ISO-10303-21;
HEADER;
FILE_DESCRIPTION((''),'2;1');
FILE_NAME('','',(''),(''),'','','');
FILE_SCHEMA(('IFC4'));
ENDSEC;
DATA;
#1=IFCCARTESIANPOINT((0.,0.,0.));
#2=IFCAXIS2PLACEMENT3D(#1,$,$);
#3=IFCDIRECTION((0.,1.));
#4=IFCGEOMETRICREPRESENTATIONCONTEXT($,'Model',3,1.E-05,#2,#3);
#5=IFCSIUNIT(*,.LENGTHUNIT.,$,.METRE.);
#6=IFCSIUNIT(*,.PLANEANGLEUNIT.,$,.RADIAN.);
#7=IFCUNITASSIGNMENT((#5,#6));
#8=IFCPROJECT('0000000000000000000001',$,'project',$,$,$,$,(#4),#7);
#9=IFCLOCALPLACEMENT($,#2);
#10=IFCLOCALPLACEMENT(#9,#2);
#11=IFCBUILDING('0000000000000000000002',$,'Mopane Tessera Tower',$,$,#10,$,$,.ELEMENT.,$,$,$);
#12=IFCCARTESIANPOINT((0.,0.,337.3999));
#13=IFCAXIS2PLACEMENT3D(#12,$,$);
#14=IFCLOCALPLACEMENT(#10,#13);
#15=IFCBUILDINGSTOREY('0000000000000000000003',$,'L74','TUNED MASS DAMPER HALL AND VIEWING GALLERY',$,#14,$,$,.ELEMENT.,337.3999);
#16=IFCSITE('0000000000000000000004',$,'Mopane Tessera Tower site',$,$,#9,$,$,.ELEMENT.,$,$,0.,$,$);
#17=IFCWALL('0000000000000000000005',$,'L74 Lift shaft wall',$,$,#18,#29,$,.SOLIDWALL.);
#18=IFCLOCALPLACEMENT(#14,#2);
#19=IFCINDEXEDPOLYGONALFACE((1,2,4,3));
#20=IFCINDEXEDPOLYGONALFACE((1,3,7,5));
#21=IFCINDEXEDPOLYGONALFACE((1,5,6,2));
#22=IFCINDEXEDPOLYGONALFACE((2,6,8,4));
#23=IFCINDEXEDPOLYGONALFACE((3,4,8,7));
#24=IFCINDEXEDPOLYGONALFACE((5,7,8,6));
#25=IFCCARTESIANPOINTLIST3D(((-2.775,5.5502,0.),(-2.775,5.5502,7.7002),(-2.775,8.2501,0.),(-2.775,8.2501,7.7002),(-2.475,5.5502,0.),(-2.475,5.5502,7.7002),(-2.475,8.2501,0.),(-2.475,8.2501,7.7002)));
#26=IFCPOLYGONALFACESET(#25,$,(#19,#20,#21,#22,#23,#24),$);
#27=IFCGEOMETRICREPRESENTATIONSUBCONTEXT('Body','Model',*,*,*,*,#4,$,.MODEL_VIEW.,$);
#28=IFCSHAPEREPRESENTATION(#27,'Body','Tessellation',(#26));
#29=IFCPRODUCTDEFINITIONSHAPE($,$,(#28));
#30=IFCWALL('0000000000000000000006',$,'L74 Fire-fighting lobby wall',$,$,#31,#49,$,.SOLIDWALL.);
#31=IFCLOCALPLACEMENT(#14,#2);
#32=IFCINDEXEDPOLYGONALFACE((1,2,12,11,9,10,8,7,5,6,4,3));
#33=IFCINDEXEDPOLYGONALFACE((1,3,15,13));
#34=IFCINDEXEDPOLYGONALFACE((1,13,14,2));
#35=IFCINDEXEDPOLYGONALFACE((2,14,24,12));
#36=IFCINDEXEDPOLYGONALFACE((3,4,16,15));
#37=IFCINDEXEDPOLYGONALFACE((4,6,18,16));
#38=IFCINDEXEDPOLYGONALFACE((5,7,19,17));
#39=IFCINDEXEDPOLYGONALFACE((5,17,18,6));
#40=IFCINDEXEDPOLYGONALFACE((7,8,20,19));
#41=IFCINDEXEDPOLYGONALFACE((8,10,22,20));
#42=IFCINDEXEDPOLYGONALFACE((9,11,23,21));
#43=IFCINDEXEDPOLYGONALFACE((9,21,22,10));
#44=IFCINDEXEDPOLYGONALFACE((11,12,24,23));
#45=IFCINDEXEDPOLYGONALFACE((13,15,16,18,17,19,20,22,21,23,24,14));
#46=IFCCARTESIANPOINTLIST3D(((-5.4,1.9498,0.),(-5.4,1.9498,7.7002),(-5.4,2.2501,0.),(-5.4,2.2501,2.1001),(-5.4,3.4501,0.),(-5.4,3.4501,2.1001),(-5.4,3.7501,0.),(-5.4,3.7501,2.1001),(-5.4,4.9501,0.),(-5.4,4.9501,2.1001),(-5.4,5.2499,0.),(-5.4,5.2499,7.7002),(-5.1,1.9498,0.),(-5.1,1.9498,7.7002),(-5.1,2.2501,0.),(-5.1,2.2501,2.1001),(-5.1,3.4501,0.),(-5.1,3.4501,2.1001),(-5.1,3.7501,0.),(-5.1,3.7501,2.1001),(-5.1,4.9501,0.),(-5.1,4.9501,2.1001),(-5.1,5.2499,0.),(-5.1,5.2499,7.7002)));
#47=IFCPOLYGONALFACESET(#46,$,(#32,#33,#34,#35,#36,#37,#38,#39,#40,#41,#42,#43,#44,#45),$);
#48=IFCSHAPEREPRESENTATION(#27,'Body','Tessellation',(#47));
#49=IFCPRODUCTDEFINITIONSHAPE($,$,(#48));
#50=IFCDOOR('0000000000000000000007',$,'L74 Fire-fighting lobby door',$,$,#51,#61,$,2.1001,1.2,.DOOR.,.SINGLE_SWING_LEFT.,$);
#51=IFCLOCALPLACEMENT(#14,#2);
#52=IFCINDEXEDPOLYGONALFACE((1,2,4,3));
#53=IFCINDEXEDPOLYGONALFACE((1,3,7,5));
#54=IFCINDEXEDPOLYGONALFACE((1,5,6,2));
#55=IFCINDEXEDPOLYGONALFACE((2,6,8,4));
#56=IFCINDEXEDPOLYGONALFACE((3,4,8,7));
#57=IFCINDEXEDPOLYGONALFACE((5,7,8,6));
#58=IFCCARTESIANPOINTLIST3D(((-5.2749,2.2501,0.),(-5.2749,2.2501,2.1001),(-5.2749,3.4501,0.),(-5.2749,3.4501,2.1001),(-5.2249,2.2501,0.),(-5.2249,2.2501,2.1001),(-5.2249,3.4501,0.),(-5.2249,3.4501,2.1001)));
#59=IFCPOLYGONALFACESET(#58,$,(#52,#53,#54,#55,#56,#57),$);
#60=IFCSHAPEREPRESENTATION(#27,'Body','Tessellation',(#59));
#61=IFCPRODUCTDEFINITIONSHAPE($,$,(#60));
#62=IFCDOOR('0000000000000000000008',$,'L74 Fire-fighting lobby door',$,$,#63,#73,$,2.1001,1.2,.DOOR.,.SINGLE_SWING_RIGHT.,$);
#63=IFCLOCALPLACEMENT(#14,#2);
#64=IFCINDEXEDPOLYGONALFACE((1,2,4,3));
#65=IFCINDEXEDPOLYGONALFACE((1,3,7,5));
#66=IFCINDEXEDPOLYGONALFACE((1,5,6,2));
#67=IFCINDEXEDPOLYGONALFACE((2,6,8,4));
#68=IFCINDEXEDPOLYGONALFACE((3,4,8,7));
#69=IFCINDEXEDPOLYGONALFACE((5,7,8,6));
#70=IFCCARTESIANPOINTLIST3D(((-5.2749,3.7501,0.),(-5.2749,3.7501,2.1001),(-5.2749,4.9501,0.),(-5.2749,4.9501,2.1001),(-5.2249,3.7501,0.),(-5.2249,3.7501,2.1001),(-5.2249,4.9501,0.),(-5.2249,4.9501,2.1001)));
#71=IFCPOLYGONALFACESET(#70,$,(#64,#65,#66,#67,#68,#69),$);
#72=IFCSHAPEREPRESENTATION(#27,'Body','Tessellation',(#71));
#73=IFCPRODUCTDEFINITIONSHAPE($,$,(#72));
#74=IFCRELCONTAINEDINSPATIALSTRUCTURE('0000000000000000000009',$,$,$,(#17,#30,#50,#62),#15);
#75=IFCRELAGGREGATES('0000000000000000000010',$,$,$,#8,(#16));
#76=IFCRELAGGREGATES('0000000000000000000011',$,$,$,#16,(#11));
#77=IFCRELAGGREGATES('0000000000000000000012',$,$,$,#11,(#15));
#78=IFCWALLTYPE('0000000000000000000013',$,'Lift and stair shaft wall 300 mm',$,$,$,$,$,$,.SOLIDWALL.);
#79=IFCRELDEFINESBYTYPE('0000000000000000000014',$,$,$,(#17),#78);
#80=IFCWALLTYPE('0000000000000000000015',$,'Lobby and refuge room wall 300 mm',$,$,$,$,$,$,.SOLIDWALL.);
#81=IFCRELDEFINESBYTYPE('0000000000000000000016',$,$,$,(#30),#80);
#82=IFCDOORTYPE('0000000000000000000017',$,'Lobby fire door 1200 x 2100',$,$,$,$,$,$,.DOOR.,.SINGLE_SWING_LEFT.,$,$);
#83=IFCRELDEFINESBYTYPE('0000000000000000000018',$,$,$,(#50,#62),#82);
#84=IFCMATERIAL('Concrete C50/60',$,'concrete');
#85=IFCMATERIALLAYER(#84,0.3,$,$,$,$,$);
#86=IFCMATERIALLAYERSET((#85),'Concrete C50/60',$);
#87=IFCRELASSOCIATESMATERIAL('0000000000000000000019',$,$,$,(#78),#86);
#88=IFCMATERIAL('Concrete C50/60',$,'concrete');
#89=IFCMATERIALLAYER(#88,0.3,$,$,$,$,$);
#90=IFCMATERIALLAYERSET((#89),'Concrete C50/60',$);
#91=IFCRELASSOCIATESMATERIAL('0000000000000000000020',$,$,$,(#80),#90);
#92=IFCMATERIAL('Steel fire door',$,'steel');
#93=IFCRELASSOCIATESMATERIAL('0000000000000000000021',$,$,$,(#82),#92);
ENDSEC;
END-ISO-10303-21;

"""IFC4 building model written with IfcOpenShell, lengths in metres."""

from ifc_helpers import new_model, si_unit, direction, frame, frame_2d, origin, place, context, subcontext, project, spatial, rectangle, extrude, material, layer, layer_set, type_object, element, fill, save


model = new_model("IFC4")

# Units and contexts
model_context = context("Model", 3, precision=1e-05, world=origin(), true_north=direction((0.0, 1.0)))
body_context = subcontext(model_context, "Body", "Model", "MODEL_VIEW")
ifc_project = project(units=[si_unit("LENGTHUNIT", "METRE"), si_unit("PLANEANGLEUNIT", "RADIAN")], contexts=[model_context])

# Site, building, storey
site_placement = place(None, origin())
site = spatial("IfcSite", under=ifc_project, at=site_placement, Name="Mopane Tessera Tower site", CompositionType="ELEMENT", RefElevation=0.0)
building_placement = place(site_placement, origin())
building = spatial("IfcBuilding", under=site, at=building_placement, Name="Mopane Tessera Tower", CompositionType="ELEMENT")
storey_placement = place(building_placement, frame((0.0, 0.0, 337.3999)))
storey = spatial("IfcBuildingStorey", under=building, at=storey_placement, Name="L74", Description="TUNED MASS DAMPER HALL AND VIEWING GALLERY", CompositionType="ELEMENT", Elevation=337.3999)

# Shared definitions
ifc_material_1 = material(Name="Concrete C50/60", Category="concrete")
ifc_layer_1 = layer(ifc_material_1, 0.3)
ifc_layer_set_1 = layer_set([ifc_layer_1], Name="Concrete C50/60")
wall_type_1 = type_object("IfcWallType", Name="Lift and stair shaft wall 300 mm", PredefinedType="SOLIDWALL", material=ifc_layer_set_1)

# Wall
for number, where, z_axis, x_axis, name in (
    (1, (-2.625, 5.55, 0.0), (0.0, 0.0, 1.0), (0.0, 1.0, 0.0), "L74 Lift shaft wall"),
):
    element("IfcWall", number, at=place(storey_placement, frame(where, z_axis=z_axis, x_axis=x_axis)), inside=storey, type_object=wall_type_1, Name=name, PredefinedType="SOLIDWALL", context=body_context, shape_type="SweptSolid", body=[
        extrude(rectangle(XDim=2.7, YDim=0.3, at=frame_2d((1.3501, 0.0))), origin(), (0.0, 0.0, 1.0), 7.7002),
    ])

# Wall, openings, doors
ifc_material_2 = material(Name="Concrete C50/60", Category="concrete")
ifc_layer_2 = layer(ifc_material_2, 0.3)
ifc_layer_set_2 = layer_set([ifc_layer_2], Name="Concrete C50/60")
wall_type_2 = type_object("IfcWallType", Name="Lobby and refuge room wall 300 mm", PredefinedType="SOLIDWALL", material=ifc_layer_set_2)
wall_1_placement = place(storey_placement, frame((-5.25, 1.95, 0.0), z_axis=(0.0, 0.0, 1.0), x_axis=(0.0, 1.0, 0.0)))
wall_1 = element("IfcWall", 2, at=wall_1_placement, inside=storey, type_object=wall_type_2, Name="L74 Fire-fighting lobby wall", PredefinedType="SOLIDWALL", context=body_context, shape_type="SweptSolid", body=[
    extrude(rectangle(XDim=3.3, YDim=0.3, at=frame_2d((1.6499, 0.0))), origin(), (0.0, 0.0, 1.0), 7.7002),
])
opening_1_placement = place(wall_1_placement, frame((0.3, 0.0, 0.0)))
opening_1 = element("IfcOpeningElement", 3, at=opening_1_placement, cuts=wall_1, PredefinedType="OPENING", context=body_context, shape_type="SweptSolid", body=[
    extrude(rectangle(XDim=1.2, YDim=2.1001, at=frame_2d((0.6001, 1.05))), frame((0.0, 0.1621, 0.0), z_axis=(0.0, -1.0, 0.0), x_axis=(1.0, 0.0, 0.0)), (0.0, 0.0, 1.0), 0.324),
])
opening_2_placement = place(wall_1_placement, frame((1.8, 0.0, 0.0)))
opening_2 = element("IfcOpeningElement", 4, at=opening_2_placement, cuts=wall_1, PredefinedType="OPENING", context=body_context, shape_type="SweptSolid", body=[
    extrude(rectangle(XDim=1.2, YDim=2.1001, at=frame_2d((0.6001, 1.05))), frame((0.0, 0.1621, 0.0), z_axis=(0.0, -1.0, 0.0), x_axis=(1.0, 0.0, 0.0)), (0.0, 0.0, 1.0), 0.324),
])
ifc_material_3 = material(Name="Steel fire door", Category="steel")
door_type_1 = type_object("IfcDoorType", Name="Lobby fire door 1200 x 2100", OperationType="SINGLE_SWING_LEFT", PredefinedType="DOOR", material=ifc_material_3)
door_1_placement = place(opening_1_placement, origin())
door_1 = element("IfcDoor", 5, at=door_1_placement, inside=storey, type_object=door_type_1, Name="L74 Fire-fighting lobby door", OperationType="SINGLE_SWING_LEFT", OverallHeight=2.1001, OverallWidth=1.2, PredefinedType="DOOR", context=body_context, shape_type="SweptSolid", body=[
    extrude(rectangle(XDim=1.2, YDim=2.1001, at=frame_2d((0.6001, 1.05))), frame((0.0, 0.0249, 0.0), z_axis=(0.0, -1.0, 0.0), x_axis=(1.0, 0.0, 0.0)), (0.0, 0.0, 1.0), 0.05),
])
fill(opening_1, door_1)
door_2_placement = place(opening_2_placement, origin())
door_2 = element("IfcDoor", 6, at=door_2_placement, inside=storey, type_object=door_type_1, Name="L74 Fire-fighting lobby door", OperationType="SINGLE_SWING_RIGHT", OverallHeight=2.1001, OverallWidth=1.2, PredefinedType="DOOR", context=body_context, shape_type="SweptSolid", body=[
    extrude(rectangle(XDim=1.2, YDim=2.1001, at=frame_2d((0.6001, 1.05))), frame((0.0, 0.0249, 0.0), z_axis=(0.0, -1.0, 0.0), x_axis=(1.0, 0.0, 0.0)), (0.0, 0.0, 1.0), 0.05),
])
fill(opening_2, door_2)

save(model, "model.ifc")
